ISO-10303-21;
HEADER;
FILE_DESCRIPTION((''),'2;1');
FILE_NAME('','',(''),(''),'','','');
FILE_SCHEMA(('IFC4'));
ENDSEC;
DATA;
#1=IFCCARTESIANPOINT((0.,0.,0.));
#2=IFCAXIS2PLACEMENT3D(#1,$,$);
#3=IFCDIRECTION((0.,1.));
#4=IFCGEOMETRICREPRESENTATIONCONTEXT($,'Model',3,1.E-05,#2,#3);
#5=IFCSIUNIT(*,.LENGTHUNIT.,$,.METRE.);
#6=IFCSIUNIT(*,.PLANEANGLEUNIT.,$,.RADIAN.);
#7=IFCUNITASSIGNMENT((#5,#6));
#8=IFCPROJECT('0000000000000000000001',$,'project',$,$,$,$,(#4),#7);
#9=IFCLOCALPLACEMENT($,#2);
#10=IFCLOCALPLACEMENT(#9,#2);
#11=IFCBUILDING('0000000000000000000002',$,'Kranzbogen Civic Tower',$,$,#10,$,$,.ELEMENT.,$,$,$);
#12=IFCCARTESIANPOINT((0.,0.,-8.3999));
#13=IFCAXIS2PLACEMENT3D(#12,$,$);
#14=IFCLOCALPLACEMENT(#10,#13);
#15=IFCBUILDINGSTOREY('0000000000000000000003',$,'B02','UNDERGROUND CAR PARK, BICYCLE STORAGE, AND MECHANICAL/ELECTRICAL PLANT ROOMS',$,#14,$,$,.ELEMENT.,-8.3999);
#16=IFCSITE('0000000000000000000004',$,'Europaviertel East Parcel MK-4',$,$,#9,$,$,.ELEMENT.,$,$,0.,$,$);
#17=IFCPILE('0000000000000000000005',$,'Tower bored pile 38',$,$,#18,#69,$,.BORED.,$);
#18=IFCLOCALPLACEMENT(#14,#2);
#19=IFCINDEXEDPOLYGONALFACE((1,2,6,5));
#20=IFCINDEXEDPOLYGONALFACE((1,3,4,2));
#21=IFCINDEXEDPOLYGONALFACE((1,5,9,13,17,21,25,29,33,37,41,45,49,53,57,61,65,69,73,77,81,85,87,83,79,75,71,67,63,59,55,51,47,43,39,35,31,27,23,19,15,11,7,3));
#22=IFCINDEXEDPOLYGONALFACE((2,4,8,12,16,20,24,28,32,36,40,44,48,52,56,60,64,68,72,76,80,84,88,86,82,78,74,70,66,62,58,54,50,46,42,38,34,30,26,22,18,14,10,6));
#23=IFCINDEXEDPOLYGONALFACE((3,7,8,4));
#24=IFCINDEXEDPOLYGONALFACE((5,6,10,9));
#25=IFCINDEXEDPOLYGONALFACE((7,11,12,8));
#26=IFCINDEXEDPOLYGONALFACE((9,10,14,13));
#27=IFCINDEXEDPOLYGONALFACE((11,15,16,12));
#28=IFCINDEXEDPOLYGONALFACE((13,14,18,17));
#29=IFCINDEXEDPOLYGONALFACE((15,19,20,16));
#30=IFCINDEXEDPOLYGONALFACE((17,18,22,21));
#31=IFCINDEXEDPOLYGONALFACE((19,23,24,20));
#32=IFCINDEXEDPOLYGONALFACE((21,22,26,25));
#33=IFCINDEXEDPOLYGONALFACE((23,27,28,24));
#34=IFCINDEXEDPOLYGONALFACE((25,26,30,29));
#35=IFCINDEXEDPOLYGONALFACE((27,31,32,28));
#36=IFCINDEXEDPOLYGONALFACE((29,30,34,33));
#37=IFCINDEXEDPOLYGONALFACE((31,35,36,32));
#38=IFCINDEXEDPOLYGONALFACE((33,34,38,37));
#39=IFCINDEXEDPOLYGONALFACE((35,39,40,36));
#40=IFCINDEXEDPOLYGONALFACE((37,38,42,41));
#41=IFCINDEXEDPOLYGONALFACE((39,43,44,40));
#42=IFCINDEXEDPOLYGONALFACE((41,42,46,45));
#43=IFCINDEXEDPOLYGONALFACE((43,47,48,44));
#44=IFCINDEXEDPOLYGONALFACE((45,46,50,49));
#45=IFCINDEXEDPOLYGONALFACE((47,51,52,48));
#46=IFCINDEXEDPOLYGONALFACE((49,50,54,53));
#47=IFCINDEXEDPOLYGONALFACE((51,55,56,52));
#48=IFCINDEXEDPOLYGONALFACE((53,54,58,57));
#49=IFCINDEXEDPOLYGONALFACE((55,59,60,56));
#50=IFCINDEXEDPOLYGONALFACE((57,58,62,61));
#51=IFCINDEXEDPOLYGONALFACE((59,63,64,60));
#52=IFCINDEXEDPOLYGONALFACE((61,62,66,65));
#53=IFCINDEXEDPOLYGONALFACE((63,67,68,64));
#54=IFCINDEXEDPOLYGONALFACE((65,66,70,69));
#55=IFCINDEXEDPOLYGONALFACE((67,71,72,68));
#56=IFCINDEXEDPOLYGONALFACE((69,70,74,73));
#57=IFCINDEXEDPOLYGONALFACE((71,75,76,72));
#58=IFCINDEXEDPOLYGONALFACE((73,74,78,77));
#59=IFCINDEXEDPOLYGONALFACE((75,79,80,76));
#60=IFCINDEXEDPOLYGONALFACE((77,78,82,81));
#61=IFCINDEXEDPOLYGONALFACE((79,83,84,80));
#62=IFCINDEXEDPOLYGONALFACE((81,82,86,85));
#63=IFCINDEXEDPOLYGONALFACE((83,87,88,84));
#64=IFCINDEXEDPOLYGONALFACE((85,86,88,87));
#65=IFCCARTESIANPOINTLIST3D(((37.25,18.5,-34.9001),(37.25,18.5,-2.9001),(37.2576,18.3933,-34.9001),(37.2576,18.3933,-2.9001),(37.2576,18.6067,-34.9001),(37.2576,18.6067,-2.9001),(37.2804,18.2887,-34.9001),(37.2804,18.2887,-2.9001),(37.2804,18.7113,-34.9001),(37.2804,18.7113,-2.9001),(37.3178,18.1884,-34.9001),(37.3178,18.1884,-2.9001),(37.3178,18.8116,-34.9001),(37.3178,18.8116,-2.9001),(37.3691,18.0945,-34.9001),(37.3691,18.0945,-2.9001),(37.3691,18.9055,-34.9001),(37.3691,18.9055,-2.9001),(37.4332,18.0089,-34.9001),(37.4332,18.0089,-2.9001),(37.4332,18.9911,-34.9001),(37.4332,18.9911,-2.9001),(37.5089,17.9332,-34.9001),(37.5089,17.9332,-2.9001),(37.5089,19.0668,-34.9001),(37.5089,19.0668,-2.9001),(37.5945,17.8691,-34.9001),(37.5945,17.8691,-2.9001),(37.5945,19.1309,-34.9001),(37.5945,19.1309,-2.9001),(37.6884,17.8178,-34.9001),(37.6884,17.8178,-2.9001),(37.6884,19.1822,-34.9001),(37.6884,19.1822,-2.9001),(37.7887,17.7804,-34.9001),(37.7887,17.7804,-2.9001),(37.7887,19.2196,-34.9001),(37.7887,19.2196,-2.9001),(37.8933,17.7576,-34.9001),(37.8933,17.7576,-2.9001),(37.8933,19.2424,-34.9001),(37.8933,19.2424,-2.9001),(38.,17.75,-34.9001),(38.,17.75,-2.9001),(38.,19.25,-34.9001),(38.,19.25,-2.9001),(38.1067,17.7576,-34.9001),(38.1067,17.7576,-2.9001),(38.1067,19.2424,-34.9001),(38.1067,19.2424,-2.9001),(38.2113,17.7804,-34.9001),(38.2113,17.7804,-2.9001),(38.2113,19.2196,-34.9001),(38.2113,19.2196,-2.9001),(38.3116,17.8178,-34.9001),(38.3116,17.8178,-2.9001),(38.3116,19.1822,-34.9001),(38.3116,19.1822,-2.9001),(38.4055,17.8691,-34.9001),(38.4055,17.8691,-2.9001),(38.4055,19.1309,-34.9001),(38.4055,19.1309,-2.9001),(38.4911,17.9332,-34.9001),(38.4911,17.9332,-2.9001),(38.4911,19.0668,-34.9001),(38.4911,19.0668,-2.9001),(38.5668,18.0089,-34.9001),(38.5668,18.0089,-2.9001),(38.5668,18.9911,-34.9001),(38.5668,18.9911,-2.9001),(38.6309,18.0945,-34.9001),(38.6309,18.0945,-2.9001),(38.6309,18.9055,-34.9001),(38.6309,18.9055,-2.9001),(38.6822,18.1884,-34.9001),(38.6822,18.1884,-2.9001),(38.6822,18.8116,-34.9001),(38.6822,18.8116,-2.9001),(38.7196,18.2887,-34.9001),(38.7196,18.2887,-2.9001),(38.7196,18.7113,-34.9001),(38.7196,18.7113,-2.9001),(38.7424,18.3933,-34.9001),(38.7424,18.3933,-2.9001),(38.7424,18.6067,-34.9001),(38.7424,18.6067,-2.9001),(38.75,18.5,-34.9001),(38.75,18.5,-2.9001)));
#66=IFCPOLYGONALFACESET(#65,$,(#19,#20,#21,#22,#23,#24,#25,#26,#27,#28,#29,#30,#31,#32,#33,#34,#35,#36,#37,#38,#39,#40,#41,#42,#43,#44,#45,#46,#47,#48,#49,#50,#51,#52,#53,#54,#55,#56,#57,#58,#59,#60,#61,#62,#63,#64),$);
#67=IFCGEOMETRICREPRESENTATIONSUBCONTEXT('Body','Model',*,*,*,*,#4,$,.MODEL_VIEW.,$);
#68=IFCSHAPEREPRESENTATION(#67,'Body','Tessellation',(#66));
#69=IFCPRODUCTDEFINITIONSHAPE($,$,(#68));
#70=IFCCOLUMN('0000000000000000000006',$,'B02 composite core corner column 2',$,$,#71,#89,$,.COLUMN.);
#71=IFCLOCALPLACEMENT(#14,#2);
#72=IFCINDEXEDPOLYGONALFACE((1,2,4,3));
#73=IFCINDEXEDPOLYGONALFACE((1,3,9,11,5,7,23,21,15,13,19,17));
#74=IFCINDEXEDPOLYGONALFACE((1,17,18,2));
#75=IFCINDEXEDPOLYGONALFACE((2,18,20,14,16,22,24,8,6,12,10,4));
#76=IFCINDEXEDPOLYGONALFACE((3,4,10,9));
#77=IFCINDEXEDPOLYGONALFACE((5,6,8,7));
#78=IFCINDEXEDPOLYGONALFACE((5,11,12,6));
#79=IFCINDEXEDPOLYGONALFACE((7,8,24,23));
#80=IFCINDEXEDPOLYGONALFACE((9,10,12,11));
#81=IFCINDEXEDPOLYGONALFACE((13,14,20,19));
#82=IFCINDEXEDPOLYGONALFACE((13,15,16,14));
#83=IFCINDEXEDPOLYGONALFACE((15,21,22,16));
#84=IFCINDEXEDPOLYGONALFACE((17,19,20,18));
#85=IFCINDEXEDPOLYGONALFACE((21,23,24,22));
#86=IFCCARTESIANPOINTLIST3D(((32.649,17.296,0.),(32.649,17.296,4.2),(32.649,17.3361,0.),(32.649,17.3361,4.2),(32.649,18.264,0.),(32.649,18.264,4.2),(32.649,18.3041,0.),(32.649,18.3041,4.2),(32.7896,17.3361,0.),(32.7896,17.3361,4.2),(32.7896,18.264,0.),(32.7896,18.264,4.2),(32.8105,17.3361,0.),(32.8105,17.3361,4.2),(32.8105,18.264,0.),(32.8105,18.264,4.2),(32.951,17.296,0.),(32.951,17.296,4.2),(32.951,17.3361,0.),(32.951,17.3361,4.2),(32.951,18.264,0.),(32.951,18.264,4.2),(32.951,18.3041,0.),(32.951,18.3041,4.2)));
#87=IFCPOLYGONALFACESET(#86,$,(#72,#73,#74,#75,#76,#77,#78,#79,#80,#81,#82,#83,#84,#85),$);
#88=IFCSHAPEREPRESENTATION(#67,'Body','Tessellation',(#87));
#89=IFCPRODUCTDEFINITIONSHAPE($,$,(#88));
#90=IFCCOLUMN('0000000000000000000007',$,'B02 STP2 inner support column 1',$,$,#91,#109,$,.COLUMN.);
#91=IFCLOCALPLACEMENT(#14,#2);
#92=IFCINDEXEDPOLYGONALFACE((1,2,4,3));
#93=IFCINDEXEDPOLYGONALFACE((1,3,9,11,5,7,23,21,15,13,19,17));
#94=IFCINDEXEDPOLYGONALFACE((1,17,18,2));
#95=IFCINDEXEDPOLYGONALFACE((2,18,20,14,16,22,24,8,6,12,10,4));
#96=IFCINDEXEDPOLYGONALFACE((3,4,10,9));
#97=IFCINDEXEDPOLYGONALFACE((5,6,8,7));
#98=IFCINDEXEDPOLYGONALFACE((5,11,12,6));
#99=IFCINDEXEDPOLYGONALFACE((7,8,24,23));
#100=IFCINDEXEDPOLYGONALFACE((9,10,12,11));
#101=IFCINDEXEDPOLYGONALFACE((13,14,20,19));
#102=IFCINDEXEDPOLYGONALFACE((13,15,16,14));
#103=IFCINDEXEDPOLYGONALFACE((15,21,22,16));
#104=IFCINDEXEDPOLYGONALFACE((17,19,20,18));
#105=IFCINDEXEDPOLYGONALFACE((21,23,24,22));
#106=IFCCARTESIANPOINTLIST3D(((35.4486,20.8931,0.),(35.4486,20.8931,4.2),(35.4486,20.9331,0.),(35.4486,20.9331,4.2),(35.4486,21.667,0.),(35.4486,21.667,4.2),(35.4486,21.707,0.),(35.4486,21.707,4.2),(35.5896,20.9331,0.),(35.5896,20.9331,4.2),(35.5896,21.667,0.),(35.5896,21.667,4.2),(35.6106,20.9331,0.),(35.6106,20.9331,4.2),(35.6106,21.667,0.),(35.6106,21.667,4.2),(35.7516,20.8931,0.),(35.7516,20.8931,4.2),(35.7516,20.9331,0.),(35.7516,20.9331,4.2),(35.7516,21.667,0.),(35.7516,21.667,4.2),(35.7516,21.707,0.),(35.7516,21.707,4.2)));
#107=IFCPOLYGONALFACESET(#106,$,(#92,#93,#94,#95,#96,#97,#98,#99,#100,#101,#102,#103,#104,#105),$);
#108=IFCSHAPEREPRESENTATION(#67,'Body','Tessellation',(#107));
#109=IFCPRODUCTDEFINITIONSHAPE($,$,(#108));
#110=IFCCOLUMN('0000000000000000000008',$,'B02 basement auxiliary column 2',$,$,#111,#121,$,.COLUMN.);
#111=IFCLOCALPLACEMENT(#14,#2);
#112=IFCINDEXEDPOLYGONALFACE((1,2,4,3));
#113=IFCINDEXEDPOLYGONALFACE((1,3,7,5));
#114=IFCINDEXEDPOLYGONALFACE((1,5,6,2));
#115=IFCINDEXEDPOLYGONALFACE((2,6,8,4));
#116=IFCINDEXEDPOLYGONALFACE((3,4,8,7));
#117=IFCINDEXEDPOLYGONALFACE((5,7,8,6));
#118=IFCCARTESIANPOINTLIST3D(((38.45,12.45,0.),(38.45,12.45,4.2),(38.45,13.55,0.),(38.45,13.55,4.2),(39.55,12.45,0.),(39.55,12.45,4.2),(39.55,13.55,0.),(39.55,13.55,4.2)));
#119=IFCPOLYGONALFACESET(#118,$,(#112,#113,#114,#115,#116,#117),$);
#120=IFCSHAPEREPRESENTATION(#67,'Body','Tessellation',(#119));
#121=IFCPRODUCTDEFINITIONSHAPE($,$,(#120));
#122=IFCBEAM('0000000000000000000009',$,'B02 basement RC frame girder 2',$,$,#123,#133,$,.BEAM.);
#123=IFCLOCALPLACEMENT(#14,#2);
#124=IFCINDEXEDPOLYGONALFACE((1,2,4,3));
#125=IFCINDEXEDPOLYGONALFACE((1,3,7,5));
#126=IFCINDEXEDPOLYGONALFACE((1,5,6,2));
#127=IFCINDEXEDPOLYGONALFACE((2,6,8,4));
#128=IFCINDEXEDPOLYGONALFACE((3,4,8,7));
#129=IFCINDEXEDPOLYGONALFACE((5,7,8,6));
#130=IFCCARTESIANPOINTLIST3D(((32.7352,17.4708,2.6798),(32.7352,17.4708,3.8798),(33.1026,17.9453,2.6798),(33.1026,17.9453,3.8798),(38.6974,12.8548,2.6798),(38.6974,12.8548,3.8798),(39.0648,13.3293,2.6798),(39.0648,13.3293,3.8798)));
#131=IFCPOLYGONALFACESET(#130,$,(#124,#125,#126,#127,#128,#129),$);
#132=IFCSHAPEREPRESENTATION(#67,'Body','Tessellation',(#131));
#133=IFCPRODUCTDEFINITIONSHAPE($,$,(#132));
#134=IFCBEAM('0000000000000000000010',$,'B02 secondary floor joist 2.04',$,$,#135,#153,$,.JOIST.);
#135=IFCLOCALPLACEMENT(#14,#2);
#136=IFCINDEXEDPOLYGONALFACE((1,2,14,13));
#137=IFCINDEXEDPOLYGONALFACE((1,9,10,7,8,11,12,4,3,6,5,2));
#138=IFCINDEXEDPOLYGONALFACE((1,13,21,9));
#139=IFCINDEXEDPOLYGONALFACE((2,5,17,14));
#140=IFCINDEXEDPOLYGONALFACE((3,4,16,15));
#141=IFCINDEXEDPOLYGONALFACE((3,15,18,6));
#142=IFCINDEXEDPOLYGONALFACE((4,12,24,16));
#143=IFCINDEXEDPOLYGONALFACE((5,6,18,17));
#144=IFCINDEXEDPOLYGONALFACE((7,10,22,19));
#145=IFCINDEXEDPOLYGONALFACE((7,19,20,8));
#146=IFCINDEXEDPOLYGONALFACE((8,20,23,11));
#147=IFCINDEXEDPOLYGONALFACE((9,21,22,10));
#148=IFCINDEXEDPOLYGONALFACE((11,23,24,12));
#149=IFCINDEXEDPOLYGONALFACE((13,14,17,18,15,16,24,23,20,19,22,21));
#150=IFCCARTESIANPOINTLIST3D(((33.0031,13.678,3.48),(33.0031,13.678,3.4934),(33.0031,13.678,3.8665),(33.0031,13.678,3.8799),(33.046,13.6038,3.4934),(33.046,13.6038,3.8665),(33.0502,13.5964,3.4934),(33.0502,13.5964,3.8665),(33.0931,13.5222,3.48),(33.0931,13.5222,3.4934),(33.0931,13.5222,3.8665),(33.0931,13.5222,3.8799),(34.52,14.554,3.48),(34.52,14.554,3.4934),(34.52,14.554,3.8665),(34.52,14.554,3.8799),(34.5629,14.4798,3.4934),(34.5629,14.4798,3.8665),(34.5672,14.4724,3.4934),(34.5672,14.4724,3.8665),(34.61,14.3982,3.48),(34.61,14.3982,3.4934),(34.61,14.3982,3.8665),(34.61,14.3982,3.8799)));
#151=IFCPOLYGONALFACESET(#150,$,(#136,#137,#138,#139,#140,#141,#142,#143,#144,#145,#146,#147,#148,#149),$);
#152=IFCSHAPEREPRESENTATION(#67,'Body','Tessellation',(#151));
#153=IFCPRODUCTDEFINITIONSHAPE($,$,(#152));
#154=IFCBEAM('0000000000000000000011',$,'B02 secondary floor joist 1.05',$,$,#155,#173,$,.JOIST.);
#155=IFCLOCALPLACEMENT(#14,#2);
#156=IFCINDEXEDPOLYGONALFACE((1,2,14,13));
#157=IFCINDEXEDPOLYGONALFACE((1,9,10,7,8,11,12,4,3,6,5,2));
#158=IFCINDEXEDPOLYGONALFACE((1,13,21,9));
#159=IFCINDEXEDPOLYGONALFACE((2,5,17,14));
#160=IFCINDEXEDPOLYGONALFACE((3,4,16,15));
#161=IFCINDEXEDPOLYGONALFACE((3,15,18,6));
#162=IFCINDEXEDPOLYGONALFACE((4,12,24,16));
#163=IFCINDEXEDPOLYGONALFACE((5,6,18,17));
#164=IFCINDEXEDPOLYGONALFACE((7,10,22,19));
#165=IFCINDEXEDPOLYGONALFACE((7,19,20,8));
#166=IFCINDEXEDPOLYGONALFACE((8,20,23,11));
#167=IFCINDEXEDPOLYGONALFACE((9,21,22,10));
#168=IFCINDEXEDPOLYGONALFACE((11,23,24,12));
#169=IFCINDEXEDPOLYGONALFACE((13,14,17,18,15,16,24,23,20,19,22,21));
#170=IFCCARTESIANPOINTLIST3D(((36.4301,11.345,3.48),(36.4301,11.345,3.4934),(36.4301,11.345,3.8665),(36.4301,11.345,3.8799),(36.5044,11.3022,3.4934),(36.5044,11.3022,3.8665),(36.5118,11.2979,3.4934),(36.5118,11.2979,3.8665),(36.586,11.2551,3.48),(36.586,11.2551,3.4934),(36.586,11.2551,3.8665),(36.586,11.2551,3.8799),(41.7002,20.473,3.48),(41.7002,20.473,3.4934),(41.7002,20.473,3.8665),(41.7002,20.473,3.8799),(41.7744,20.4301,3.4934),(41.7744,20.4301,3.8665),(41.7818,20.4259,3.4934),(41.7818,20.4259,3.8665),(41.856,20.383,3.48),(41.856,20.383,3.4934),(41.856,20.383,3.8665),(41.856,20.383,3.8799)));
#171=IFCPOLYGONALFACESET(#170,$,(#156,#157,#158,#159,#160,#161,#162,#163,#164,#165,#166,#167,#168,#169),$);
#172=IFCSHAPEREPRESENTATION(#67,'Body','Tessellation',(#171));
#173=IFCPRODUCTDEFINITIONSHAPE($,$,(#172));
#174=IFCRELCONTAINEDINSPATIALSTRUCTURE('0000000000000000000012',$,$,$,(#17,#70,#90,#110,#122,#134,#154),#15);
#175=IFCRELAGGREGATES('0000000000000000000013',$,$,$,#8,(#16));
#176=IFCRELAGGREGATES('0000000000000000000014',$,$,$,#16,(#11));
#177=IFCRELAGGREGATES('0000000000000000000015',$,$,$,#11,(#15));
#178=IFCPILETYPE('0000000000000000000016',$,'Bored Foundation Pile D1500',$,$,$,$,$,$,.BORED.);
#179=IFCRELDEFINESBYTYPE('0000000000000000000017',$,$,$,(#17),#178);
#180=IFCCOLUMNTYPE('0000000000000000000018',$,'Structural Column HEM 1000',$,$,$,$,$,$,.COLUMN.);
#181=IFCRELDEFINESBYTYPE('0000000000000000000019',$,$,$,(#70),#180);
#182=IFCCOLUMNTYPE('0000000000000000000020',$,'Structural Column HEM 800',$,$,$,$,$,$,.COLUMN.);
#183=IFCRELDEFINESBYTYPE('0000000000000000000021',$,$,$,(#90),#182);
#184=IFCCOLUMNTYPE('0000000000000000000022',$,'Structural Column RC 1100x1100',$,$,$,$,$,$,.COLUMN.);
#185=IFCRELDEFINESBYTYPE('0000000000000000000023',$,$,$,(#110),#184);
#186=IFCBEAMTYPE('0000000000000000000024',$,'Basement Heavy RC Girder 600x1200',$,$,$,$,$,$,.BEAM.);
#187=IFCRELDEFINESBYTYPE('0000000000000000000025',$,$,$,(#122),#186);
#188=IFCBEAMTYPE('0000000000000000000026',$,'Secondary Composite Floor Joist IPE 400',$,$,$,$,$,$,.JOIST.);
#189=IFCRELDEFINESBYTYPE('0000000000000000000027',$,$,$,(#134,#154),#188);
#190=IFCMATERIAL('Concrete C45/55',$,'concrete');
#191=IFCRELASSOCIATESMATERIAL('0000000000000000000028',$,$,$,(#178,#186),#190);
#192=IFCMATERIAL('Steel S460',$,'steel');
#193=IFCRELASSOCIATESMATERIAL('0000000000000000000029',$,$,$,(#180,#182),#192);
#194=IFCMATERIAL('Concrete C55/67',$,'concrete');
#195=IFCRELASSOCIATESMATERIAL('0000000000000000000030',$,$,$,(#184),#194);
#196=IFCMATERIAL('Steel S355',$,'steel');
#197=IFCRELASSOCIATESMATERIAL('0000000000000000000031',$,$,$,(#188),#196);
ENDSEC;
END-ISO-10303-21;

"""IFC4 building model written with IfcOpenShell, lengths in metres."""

from ifc_helpers import new_model, si_unit, direction, frame, origin, origin_2d, place, context, subcontext, project, spatial, rectangle, circle, i_section, extrude, material, material_profile, profile_set, type_object, element, save


model = new_model("IFC4")

# Units and contexts
model_context = context("Model", 3, precision=1e-05, world=origin(), true_north=direction((0.0, 1.0)))
body_context = subcontext(model_context, "Body", "Model", "MODEL_VIEW")
ifc_project = project(units=[si_unit("LENGTHUNIT", "METRE"), si_unit("PLANEANGLEUNIT", "RADIAN")], contexts=[model_context])

# Site, building, storey
site_placement = place(None, origin())
site = spatial("IfcSite", under=ifc_project, at=site_placement, Name="Europaviertel East Parcel MK-4", CompositionType="ELEMENT", RefElevation=0.0)
building_placement = place(site_placement, origin())
building = spatial("IfcBuilding", under=site, at=building_placement, Name="Kranzbogen Civic Tower", CompositionType="ELEMENT")
storey_placement = place(building_placement, frame((0.0, 0.0, -8.3999)))
storey = spatial("IfcBuildingStorey", under=building, at=storey_placement, Name="B02", Description="UNDERGROUND CAR PARK, BICYCLE STORAGE, AND MECHANICAL/ELECTRICAL PLANT ROOMS", CompositionType="ELEMENT", Elevation=-8.3999)

# Pile
ifc_material_1 = material(Name="Concrete C45/55", Category="concrete")
ifc_material_profile_1 = material_profile(ifc_material_1, circle(Radius=0.75, at=origin_2d()), Name="PILE D1500")
ifc_profile_set_1 = profile_set([ifc_material_profile_1], Name="Concrete C45/55")
pile_type = type_object("IfcPileType", Name="Bored Foundation Pile D1500", PredefinedType="BORED", material=ifc_profile_set_1)
for number, where, z_axis, x_axis, name in (
    (1, (38.0, 18.5, -2.9001), (0.0, 0.0, -1.0), (1.0, 0.0, 0.0), "Tower bored pile 38"),
):
    element("IfcPile", number, at=place(storey_placement, frame(where, z_axis=z_axis, x_axis=x_axis)), inside=storey, type_object=pile_type, Name=name, PredefinedType="BORED", context=body_context, shape_type="SweptSolid", body=[
        extrude(circle(Radius=0.75, at=origin_2d()), origin(), (0.0, 0.0, 1.0), 32.0),
    ])

# Columns
ifc_material_2 = material(Name="Steel S460", Category="steel")
ifc_material_profile_2 = material_profile(ifc_material_2, i_section(OverallWidth=0.302, OverallDepth=1.0081, WebThickness=0.021, FlangeThickness=0.04, at=origin_2d()), Name="HEM 1000")
ifc_profile_set_2 = profile_set([ifc_material_profile_2], Name="Steel S460")
column_type_1 = type_object("IfcColumnType", Name="Structural Column HEM 1000", PredefinedType="COLUMN", material=ifc_profile_set_2)
column_1_placement = place(storey_placement, frame((32.8, 17.8, 0.0), z_axis=(0.0, 0.0, 1.0), x_axis=(1.0, 0.0, 0.0)))
element("IfcColumn", 2, at=column_1_placement, inside=storey, type_object=column_type_1, Name="B02 composite core corner column 2", PredefinedType="COLUMN", context=body_context, shape_type="SweptSolid", body=[
    extrude(i_section(OverallWidth=0.302, OverallDepth=1.0081, WebThickness=0.021, FlangeThickness=0.04, at=origin_2d()), origin(), (0.0, 0.0, 1.0), 4.2),
])
ifc_material_profile_3 = material_profile(ifc_material_2, i_section(OverallWidth=0.303, OverallDepth=0.814, WebThickness=0.021, FlangeThickness=0.04, at=origin_2d()), Name="HEM 800")
ifc_profile_set_3 = profile_set([ifc_material_profile_3], Name="Steel S460")
column_type_2 = type_object("IfcColumnType", Name="Structural Column HEM 800", PredefinedType="COLUMN", material=ifc_profile_set_3)
column_2_placement = place(storey_placement, frame((35.6001, 21.3, 0.0), z_axis=(0.0, 0.0, 1.0), x_axis=(1.0, 0.0, 0.0)))
element("IfcColumn", 3, at=column_2_placement, inside=storey, type_object=column_type_2, Name="B02 STP2 inner support column 1", PredefinedType="COLUMN", context=body_context, shape_type="SweptSolid", body=[
    extrude(i_section(OverallWidth=0.303, OverallDepth=0.814, WebThickness=0.021, FlangeThickness=0.04, at=origin_2d()), origin(), (0.0, 0.0, 1.0), 4.2),
])
ifc_material_3 = material(Name="Concrete C55/67", Category="concrete")
ifc_material_profile_4 = material_profile(ifc_material_3, rectangle(XDim=1.1001, YDim=1.1001, at=origin_2d()), Name="RC 1100x1100")
ifc_profile_set_4 = profile_set([ifc_material_profile_4], Name="Concrete C55/67")
column_type_3 = type_object("IfcColumnType", Name="Structural Column RC 1100x1100", PredefinedType="COLUMN", material=ifc_profile_set_4)
column_3_placement = place(storey_placement, frame((39.0, 13.0, 0.0), z_axis=(0.0, 0.0, 1.0), x_axis=(1.0, 0.0, 0.0)))
element("IfcColumn", 4, at=column_3_placement, inside=storey, type_object=column_type_3, Name="B02 basement auxiliary column 2", PredefinedType="COLUMN", context=body_context, shape_type="SweptSolid", body=[
    extrude(rectangle(XDim=1.1001, YDim=1.1001, at=origin_2d()), origin(), (0.0, 0.0, 1.0), 4.2),
])

# Beams
ifc_material_profile_5 = material_profile(ifc_material_1, rectangle(XDim=0.6001, YDim=1.2, at=origin_2d()), Name="RC-BM 600x1200")
ifc_profile_set_5 = profile_set([ifc_material_profile_5], Name="Concrete C45/55")
beam_type_1 = type_object("IfcBeamType", Name="Basement Heavy RC Girder 600x1200", PredefinedType="BEAM", material=ifc_profile_set_5)
beam_1_placement = place(storey_placement, frame((38.8811, 13.092, 3.2798), z_axis=(-0.790717, 0.612182, 0.0), x_axis=(-0.612182, -0.790717, 0.0)))
element("IfcBeam", 5, at=beam_1_placement, inside=storey, type_object=beam_type_1, Name="B02 basement RC frame girder 2", PredefinedType="BEAM", context=body_context, shape_type="SweptSolid", body=[
    extrude(rectangle(XDim=0.6001, YDim=1.2, at=origin_2d()), origin(), (0.0, 0.0, 1.0), 7.5403),
])
ifc_material_4 = material(Name="Steel S355", Category="steel")
ifc_material_profile_6 = material_profile(ifc_material_4, i_section(OverallWidth=0.1799, OverallDepth=0.3999, WebThickness=0.0085, FlangeThickness=0.0134, at=origin_2d()), Name="IPE 400")
ifc_profile_set_6 = profile_set([ifc_material_profile_6], Name="Steel S355")
beam_type_2 = type_object("IfcBeamType", Name="Secondary Composite Floor Joist IPE 400", PredefinedType="JOIST", material=ifc_profile_set_6)
beam_2_placement = place(storey_placement, frame((33.0481, 13.6001, 3.6799), z_axis=(0.86597, 0.500096, 0.0), x_axis=(-0.500096, 0.86597, 0.0)))
element("IfcBeam", 6, at=beam_2_placement, inside=storey, type_object=beam_type_2, Name="B02 secondary floor joist 2.04", PredefinedType="JOIST", context=body_context, shape_type="SweptSolid", body=[
    extrude(i_section(OverallWidth=0.1799, OverallDepth=0.3999, WebThickness=0.0085, FlangeThickness=0.0134, at=origin_2d()), origin(), (0.0, 0.0, 1.0), 1.7517),
])
beam_3_placement = place(storey_placement, frame((36.5081, 11.3, 3.6799), z_axis=(0.5, 0.866025, 0.0), x_axis=(-0.866025, 0.5, 0.0)))
element("IfcBeam", 7, at=beam_3_placement, inside=storey, type_object=beam_type_2, Name="B02 secondary floor joist 1.05", PredefinedType="JOIST", context=body_context, shape_type="SweptSolid", body=[
    extrude(i_section(OverallWidth=0.1799, OverallDepth=0.3999, WebThickness=0.0085, FlangeThickness=0.0134, at=origin_2d()), origin(), (0.0, 0.0, 1.0), 10.54),
])

save(model, "model.ifc")
